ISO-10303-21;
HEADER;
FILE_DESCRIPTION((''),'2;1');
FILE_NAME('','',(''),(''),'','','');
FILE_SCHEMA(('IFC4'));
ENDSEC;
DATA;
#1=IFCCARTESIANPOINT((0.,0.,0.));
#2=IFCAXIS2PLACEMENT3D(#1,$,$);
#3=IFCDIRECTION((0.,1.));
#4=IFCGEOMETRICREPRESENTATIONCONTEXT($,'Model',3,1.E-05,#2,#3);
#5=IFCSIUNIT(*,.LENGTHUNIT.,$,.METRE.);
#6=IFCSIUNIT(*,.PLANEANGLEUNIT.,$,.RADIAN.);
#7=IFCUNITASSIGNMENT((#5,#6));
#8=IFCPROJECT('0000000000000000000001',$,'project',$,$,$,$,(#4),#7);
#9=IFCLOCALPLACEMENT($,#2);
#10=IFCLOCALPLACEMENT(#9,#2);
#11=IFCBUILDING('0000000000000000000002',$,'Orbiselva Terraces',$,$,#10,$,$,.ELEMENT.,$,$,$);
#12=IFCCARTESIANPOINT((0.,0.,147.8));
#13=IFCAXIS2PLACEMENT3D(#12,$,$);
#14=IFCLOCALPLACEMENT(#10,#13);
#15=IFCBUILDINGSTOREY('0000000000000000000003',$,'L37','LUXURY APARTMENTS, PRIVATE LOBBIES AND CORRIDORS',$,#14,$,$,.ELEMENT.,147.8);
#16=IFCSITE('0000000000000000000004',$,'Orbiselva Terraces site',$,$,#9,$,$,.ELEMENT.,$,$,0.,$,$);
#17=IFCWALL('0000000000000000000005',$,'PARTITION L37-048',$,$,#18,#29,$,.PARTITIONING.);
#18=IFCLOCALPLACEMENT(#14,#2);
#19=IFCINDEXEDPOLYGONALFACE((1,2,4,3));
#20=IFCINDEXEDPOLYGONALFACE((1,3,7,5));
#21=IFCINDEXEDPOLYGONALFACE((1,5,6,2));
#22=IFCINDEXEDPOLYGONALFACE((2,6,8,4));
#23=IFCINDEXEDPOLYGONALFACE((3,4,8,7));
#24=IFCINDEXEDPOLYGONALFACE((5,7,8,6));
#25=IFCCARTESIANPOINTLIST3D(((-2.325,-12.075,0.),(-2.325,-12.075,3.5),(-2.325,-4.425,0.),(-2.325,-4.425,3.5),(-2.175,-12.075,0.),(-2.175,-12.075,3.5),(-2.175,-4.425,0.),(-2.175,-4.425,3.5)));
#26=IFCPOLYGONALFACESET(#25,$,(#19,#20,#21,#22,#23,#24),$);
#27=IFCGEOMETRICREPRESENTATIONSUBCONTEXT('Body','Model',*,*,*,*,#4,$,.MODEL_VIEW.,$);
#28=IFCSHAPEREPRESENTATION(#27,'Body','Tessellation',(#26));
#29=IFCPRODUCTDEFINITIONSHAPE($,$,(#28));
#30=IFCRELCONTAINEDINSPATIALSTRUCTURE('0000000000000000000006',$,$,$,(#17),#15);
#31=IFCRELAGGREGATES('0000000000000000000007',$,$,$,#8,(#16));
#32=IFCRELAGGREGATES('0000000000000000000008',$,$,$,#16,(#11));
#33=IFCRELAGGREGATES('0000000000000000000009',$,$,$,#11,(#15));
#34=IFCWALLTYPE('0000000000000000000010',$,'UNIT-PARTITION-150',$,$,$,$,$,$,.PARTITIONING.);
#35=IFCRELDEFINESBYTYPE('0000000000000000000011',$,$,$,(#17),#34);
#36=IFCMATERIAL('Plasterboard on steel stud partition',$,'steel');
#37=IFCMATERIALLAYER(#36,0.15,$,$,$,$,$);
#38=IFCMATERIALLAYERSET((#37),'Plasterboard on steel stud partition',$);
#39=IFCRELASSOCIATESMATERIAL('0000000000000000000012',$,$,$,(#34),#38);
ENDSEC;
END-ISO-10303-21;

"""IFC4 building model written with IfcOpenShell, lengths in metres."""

from ifc_helpers import new_model, si_unit, direction, frame, frame_2d, origin, place, context, subcontext, project, spatial, rectangle, extrude, material, layer, layer_set, type_object, element, save


model = new_model("IFC4")

# Units and contexts
model_context = context("Model", 3, precision=1e-05, world=origin(), true_north=direction((0.0, 1.0)))
body_context = subcontext(model_context, "Body", "Model", "MODEL_VIEW")
ifc_project = project(units=[si_unit("LENGTHUNIT", "METRE"), si_unit("PLANEANGLEUNIT", "RADIAN")], contexts=[model_context])

# Site, building, storey
site_placement = place(None, origin())
site = spatial("IfcSite", under=ifc_project, at=site_placement, Name="Orbiselva Terraces site", CompositionType="ELEMENT", RefElevation=0.0)
building_placement = place(site_placement, origin())
building = spatial("IfcBuilding", under=site, at=building_placement, Name="Orbiselva Terraces", CompositionType="ELEMENT")
storey_placement = place(building_placement, frame((0.0, 0.0, 147.8)))
storey = spatial("IfcBuildingStorey", under=building, at=storey_placement, Name="L37", Description="LUXURY APARTMENTS, PRIVATE LOBBIES AND CORRIDORS", CompositionType="ELEMENT", Elevation=147.8)

# Shared definitions
ifc_material_1 = material(Name="Plasterboard on steel stud partition", Category="steel")
ifc_layer_1 = layer(ifc_material_1, 0.15)
ifc_layer_set_1 = layer_set([ifc_layer_1], Name="Plasterboard on steel stud partition")
wall_type_1 = type_object("IfcWallType", Name="UNIT-PARTITION-150", PredefinedType="PARTITIONING", material=ifc_layer_set_1)

# Wall
wall_1_placement = place(storey_placement, frame((-2.25, -12.075, 0.0), z_axis=(0.0, 0.0, 1.0), x_axis=(0.0, 1.0, 0.0)))
element("IfcWall", 1, at=wall_1_placement, inside=storey, type_object=wall_type_1, Name="PARTITION L37-048", PredefinedType="PARTITIONING", context=body_context, shape_type="SweptSolid", body=[
    extrude(rectangle(XDim=7.65, YDim=0.15, at=frame_2d((3.825, 0.0))), origin(), (0.0, 0.0, 1.0), 3.5),
])

save(model, "model.ifc")
